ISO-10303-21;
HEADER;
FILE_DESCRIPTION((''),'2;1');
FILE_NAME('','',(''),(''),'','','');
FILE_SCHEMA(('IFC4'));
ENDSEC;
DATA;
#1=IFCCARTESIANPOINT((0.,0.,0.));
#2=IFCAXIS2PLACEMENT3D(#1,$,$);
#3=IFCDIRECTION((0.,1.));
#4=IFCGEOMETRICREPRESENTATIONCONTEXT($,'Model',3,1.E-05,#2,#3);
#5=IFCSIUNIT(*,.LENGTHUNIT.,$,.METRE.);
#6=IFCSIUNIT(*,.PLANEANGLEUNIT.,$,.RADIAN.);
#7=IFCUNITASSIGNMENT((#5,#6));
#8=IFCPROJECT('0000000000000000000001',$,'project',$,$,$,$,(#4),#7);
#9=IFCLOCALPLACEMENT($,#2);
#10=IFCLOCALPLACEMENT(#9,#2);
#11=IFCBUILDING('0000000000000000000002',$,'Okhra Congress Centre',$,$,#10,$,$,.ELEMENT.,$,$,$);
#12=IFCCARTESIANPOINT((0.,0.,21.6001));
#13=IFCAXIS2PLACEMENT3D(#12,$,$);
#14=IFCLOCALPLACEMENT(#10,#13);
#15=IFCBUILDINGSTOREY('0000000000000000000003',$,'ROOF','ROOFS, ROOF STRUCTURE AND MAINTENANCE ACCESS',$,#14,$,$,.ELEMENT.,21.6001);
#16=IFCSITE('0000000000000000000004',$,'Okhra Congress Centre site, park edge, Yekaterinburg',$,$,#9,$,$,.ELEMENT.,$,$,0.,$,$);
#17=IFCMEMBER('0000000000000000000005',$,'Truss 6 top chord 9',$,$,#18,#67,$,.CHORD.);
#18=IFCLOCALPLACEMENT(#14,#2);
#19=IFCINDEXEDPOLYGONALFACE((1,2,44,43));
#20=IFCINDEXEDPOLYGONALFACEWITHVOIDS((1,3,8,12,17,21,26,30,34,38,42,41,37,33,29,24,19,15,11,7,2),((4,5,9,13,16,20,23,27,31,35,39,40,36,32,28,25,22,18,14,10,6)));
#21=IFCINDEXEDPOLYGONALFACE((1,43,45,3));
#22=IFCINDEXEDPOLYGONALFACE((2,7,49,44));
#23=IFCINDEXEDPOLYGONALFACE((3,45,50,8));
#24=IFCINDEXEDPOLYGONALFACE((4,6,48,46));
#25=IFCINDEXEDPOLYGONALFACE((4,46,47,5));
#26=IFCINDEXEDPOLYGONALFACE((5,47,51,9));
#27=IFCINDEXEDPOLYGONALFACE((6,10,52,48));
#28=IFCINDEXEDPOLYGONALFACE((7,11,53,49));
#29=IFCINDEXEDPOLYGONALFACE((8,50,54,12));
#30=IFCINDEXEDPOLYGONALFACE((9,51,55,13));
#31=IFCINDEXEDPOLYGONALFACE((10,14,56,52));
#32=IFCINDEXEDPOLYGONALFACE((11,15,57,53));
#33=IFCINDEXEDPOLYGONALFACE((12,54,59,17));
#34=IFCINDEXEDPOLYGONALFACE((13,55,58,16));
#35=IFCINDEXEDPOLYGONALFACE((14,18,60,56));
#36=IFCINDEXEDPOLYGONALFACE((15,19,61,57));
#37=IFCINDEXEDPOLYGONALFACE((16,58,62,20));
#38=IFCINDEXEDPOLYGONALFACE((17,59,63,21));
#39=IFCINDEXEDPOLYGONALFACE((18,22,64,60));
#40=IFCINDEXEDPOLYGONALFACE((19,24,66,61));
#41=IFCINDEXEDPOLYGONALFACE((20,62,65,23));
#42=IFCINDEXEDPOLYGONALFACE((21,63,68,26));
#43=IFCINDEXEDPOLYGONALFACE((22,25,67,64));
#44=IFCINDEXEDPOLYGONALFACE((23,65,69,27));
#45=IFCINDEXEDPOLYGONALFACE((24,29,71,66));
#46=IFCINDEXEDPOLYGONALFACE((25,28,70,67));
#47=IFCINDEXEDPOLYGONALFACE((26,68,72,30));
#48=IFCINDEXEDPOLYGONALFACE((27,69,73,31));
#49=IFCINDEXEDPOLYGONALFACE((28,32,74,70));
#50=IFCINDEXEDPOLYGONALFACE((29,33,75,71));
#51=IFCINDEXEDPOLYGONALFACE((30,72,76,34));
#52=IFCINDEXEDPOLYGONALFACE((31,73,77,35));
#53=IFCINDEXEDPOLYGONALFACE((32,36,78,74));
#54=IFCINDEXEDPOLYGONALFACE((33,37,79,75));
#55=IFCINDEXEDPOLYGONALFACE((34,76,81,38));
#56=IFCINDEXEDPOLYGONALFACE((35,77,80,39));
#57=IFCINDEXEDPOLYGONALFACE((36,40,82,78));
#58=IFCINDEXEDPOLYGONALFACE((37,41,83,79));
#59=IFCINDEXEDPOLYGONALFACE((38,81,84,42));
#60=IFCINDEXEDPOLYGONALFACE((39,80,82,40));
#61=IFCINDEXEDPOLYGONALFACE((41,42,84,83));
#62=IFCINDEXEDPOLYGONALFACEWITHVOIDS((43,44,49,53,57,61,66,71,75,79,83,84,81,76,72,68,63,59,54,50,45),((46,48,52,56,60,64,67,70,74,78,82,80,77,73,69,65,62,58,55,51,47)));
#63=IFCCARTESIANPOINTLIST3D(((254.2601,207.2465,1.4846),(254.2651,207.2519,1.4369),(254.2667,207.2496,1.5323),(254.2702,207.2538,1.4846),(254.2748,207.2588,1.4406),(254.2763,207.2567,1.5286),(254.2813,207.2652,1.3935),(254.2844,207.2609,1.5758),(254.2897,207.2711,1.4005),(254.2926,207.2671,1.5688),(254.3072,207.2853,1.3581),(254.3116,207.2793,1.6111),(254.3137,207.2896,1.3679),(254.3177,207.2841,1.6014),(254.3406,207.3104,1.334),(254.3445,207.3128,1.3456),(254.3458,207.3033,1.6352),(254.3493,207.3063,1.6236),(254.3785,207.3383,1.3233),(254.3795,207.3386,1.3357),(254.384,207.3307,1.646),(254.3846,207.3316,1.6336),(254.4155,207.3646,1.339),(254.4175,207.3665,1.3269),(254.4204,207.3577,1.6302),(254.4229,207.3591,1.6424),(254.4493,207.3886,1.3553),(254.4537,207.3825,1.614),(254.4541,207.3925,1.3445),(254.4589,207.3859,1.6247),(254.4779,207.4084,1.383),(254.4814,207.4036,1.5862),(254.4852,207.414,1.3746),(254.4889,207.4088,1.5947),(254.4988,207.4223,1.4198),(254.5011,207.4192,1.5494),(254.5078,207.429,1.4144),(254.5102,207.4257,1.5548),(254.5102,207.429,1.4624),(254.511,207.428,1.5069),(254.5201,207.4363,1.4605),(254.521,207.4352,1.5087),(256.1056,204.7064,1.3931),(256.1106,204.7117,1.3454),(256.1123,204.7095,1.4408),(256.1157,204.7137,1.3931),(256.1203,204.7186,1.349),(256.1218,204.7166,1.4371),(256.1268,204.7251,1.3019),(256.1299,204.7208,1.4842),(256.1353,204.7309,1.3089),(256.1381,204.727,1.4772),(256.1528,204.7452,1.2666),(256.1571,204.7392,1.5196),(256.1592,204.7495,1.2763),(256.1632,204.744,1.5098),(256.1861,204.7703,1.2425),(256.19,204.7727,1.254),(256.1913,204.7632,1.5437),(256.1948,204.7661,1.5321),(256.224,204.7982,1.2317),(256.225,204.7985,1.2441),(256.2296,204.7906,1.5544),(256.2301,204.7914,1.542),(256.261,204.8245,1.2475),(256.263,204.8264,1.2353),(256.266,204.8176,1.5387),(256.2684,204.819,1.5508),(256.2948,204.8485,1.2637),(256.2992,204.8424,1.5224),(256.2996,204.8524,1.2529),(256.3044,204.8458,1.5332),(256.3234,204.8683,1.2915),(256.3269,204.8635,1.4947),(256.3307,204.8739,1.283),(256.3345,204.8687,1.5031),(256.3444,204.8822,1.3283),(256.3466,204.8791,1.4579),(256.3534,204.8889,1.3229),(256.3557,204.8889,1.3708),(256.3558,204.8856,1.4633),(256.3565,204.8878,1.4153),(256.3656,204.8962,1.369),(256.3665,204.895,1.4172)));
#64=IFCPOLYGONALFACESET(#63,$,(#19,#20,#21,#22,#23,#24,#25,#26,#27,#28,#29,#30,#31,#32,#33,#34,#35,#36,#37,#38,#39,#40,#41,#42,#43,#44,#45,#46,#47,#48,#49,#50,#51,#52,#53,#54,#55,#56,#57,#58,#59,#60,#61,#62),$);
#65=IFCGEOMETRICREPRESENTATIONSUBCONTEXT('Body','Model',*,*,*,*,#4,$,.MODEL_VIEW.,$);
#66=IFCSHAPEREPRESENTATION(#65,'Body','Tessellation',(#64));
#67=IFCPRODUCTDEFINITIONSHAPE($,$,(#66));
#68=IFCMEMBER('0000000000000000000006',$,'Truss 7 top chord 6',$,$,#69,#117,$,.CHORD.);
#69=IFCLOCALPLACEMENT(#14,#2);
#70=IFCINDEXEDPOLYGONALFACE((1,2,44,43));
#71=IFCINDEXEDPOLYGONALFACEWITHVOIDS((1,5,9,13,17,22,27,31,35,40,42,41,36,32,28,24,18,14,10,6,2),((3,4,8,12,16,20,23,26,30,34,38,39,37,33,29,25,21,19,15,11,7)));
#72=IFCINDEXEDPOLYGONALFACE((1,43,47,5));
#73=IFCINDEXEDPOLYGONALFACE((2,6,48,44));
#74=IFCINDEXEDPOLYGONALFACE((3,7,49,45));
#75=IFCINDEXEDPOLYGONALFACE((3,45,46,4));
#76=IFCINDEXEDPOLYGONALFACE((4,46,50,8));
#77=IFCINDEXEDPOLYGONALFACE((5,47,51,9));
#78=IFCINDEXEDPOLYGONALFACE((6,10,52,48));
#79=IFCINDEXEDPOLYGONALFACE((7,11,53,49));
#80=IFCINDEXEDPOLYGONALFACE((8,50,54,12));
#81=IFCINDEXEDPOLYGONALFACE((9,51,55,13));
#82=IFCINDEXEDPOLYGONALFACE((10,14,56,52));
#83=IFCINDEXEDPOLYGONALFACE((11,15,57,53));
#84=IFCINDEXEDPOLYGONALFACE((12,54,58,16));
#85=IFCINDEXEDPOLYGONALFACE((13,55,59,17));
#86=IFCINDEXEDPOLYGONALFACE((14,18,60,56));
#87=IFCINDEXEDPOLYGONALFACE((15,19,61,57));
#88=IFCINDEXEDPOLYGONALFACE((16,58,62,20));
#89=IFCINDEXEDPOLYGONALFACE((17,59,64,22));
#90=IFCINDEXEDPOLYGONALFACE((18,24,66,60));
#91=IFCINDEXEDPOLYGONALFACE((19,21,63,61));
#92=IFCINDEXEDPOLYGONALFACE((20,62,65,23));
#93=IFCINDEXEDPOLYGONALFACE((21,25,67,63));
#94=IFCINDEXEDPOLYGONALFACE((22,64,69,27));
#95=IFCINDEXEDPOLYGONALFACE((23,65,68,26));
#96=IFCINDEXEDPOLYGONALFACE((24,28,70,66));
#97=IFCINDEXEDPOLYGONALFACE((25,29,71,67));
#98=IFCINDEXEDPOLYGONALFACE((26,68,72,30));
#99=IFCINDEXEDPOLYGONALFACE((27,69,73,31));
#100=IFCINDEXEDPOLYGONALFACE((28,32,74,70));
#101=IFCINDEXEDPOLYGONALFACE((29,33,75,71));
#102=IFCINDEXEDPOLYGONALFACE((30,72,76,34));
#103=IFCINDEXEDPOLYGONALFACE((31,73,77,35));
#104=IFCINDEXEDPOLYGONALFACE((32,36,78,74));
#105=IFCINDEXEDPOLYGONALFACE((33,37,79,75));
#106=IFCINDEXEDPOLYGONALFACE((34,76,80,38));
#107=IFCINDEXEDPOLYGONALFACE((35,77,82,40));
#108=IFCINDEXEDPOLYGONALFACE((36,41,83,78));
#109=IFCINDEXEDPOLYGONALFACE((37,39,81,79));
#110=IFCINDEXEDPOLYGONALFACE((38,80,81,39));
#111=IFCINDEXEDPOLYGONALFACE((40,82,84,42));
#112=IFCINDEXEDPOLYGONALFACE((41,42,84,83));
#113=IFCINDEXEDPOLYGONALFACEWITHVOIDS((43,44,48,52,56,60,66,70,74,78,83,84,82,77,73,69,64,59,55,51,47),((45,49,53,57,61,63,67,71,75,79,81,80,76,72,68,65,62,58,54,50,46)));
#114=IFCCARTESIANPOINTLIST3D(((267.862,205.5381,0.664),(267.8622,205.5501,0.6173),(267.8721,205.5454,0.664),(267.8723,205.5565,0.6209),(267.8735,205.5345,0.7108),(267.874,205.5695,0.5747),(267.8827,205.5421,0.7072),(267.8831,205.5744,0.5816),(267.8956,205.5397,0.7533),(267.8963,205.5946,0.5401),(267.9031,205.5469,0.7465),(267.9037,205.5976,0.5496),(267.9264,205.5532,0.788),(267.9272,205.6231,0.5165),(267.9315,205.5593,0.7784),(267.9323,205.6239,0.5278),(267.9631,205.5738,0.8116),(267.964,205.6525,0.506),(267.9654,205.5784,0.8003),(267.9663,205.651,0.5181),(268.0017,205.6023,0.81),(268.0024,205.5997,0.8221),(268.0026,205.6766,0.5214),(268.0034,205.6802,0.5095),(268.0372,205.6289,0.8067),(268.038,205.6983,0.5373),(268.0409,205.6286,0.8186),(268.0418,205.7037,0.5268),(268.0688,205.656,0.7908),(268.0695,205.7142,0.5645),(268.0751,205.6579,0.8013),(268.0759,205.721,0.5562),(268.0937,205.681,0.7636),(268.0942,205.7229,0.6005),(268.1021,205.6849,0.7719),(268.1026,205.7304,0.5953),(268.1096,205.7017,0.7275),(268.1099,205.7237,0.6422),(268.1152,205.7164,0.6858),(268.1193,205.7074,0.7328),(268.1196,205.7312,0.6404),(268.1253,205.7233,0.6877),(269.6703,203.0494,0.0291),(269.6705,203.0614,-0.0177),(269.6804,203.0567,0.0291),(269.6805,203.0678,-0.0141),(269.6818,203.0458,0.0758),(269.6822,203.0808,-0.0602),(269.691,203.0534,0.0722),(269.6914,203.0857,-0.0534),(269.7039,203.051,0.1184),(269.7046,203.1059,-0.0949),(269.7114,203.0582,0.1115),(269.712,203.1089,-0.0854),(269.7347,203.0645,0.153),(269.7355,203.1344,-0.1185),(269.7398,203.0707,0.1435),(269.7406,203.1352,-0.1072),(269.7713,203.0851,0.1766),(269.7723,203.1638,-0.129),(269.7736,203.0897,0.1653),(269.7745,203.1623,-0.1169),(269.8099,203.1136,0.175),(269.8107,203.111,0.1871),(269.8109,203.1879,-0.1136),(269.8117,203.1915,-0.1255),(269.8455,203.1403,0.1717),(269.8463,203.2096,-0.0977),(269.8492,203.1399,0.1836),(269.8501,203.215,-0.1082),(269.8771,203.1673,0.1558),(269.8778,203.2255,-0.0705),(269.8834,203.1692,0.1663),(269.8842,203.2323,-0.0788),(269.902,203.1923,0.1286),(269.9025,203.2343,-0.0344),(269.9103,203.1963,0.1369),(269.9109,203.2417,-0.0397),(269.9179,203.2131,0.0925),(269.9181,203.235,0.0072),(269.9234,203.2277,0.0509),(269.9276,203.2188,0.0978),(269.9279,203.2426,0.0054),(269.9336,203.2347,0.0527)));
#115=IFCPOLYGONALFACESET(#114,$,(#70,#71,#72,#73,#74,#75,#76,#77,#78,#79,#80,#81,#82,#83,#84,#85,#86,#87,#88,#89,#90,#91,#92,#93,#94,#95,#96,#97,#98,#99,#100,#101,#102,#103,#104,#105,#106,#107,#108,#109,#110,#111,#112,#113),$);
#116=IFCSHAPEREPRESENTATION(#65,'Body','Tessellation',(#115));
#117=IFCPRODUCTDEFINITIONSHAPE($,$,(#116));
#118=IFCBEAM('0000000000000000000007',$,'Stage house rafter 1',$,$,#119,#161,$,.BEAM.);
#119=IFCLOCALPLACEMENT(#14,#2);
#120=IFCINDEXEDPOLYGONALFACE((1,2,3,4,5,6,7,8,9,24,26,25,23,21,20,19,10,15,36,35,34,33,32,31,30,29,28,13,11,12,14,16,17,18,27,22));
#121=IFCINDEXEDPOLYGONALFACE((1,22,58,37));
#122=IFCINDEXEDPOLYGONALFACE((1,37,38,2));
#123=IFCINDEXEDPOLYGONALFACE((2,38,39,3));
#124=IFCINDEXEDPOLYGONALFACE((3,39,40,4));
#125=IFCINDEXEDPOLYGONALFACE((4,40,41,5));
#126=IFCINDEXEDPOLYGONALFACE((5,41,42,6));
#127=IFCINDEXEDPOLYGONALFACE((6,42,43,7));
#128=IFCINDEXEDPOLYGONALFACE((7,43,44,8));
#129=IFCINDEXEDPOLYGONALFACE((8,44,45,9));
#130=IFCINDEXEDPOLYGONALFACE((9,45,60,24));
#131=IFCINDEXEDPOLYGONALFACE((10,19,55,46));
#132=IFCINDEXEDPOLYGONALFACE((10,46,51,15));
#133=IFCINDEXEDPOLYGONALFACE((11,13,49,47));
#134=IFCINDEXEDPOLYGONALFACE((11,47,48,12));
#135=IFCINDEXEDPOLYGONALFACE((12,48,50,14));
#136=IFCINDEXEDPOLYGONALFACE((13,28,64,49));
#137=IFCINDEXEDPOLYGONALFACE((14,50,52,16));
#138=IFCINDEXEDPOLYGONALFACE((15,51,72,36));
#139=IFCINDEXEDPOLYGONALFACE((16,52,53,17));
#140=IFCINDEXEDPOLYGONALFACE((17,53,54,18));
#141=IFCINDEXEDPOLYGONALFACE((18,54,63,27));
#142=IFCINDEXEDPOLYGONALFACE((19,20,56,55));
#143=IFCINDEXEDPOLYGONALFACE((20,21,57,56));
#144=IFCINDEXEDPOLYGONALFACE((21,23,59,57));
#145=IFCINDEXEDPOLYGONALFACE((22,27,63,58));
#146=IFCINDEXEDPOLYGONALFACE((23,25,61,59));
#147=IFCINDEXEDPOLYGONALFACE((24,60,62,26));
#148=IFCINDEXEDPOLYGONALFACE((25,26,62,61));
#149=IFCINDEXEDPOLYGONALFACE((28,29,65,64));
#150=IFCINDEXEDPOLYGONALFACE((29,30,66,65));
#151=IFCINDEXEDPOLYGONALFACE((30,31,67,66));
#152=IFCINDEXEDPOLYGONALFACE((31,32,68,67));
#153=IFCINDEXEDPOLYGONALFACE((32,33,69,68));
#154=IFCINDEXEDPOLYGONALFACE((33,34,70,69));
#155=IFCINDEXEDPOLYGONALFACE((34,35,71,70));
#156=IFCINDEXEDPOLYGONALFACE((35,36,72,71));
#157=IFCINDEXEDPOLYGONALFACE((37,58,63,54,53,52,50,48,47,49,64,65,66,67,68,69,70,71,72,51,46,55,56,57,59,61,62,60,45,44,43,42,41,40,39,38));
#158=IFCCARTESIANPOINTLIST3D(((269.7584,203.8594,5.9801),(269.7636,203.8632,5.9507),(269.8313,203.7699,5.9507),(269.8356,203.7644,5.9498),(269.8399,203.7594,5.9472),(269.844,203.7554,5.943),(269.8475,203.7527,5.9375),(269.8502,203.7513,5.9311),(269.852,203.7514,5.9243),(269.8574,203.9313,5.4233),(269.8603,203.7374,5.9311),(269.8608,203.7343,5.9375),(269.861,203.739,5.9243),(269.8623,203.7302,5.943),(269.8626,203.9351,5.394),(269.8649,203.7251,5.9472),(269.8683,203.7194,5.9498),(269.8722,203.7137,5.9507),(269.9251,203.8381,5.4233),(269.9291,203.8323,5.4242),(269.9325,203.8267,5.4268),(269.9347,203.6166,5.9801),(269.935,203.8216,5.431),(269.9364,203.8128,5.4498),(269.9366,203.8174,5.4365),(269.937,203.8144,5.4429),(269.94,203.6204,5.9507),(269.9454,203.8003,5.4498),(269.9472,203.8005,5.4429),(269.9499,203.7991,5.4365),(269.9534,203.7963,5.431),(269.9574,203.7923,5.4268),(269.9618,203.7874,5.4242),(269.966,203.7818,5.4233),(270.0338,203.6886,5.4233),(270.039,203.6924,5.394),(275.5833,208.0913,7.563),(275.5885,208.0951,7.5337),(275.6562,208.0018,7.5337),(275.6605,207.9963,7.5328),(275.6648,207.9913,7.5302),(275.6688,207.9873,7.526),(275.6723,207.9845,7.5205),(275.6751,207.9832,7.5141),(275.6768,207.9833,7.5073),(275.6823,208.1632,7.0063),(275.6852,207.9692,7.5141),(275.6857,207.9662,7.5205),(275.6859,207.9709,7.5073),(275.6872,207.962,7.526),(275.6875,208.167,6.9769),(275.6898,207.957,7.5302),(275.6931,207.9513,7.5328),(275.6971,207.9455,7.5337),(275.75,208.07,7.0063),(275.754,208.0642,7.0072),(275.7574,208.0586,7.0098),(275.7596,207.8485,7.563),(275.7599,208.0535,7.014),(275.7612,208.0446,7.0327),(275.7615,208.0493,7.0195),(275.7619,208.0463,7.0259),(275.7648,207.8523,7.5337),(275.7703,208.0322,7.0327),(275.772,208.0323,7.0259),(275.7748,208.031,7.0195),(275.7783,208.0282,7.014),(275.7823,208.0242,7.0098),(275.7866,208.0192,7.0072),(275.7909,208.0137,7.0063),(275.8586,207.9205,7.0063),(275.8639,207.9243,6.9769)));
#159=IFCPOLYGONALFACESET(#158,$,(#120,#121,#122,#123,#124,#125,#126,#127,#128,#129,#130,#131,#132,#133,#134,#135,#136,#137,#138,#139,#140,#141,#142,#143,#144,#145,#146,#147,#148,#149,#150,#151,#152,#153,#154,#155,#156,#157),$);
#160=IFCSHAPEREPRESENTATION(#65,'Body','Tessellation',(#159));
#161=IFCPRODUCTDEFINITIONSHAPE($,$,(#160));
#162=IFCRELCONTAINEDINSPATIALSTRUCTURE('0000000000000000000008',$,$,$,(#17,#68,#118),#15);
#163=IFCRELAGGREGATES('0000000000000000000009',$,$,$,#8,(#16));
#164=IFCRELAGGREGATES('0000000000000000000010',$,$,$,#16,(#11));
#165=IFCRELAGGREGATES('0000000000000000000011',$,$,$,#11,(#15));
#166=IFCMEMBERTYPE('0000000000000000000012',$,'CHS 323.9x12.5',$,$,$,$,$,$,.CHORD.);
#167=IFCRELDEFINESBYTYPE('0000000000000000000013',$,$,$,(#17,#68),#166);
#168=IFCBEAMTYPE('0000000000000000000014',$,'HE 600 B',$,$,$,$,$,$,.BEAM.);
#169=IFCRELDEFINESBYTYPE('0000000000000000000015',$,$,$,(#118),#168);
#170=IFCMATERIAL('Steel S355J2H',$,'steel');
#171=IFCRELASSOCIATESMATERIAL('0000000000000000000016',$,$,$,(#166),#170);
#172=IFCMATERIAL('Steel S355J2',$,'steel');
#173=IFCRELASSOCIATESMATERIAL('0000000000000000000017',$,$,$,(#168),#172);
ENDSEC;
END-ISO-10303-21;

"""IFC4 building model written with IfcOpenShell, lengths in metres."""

from ifc_helpers import new_model, si_unit, direction, frame, origin, origin_2d, place, context, subcontext, project, spatial, hollow_circle, i_section, extrude, material, material_profile, profile_set, type_object, element, save


model = new_model("IFC4")

# Units and contexts
model_context = context("Model", 3, precision=1e-05, world=origin(), true_north=direction((0.0, 1.0)))
body_context = subcontext(model_context, "Body", "Model", "MODEL_VIEW")
ifc_project = project(units=[si_unit("LENGTHUNIT", "METRE"), si_unit("PLANEANGLEUNIT", "RADIAN")], contexts=[model_context])

# Site, building, storey
site_placement = place(None, origin())
site = spatial("IfcSite", under=ifc_project, at=site_placement, Name="Okhra Congress Centre site, park edge, Yekaterinburg", CompositionType="ELEMENT", RefElevation=0.0)
building_placement = place(site_placement, origin())
building = spatial("IfcBuilding", under=site, at=building_placement, Name="Okhra Congress Centre", CompositionType="ELEMENT")
storey_placement = place(building_placement, frame((0.0, 0.0, 21.6001)))
storey = spatial("IfcBuildingStorey", under=building, at=storey_placement, Name="ROOF", Description="ROOFS, ROOF STRUCTURE AND MAINTENANCE ACCESS", CompositionType="ELEMENT", Elevation=21.6001)

# Members
ifc_material_1 = material(Name="Steel S355J2H", Category="steel")
ifc_material_profile_1 = material_profile(ifc_material_1, hollow_circle(Radius=0.1619, WallThickness=0.0125, at=origin_2d()), Name="CHS 323.9x12.5")
ifc_profile_set_1 = profile_set([ifc_material_profile_1], Name="Steel S355J2H")
member_type_1 = type_object("IfcMemberType", Name="CHS 323.9x12.5", PredefinedType="CHORD", material=ifc_profile_set_1)
for number, where, z_axis, x_axis, name in (
    (1, (256.2366, 204.8015, 1.3931), (-0.587538, 0.808671, 0.029148), (-0.809015, -0.587788, 0.0), "Truss 6 top chord 9"),
    (2, (269.8013, 203.1445, 0.0291), (-0.575682, 0.792291, 0.202153), (-0.808993, -0.587818, 0.0), "Truss 7 top chord 6"),
):
    element("IfcMember", number, at=place(storey_placement, frame(where, z_axis=z_axis, x_axis=x_axis)), inside=storey, type_object=member_type_1, Name=name, PredefinedType="CHORD", context=body_context, shape_type="SweptSolid", body=[
        extrude(hollow_circle(Radius=0.1619, WallThickness=0.0125, at=origin_2d()), origin(), (0.0, 0.0, 1.0), 3.1411),
    ])

# Beam
ifc_material_2 = material(Name="Steel S355J2", Category="steel")
ifc_material_profile_2 = material_profile(ifc_material_2, i_section(OverallWidth=0.3, OverallDepth=0.6001, WebThickness=0.0154, FlangeThickness=0.03, FilletRadius=0.0271, at=origin_2d()), Name="HE 600 B")
ifc_profile_set_2 = profile_set([ifc_material_profile_2], Name="Steel S355J2")
beam_type_1 = type_object("IfcBeamType", Name="HE 600 B", PredefinedType="BEAM", material=ifc_profile_set_2)
beam_1_placement = place(storey_placement, frame((269.8987, 203.7759, 5.687), z_axis=(0.790154, 0.574061, 0.214735), x_axis=(-0.587772, 0.809026, 0.0)))
element("IfcBeam", 3, at=beam_1_placement, inside=storey, type_object=beam_type_1, Name="Stage house rafter 1", PredefinedType="BEAM", context=body_context, shape_type="SweptSolid", body=[
    extrude(i_section(OverallWidth=0.3, OverallDepth=0.6001, WebThickness=0.0154, FlangeThickness=0.03, FilletRadius=0.0271, at=origin_2d()), origin(), (0.0, 0.0, 1.0), 7.3718),
])

save(model, "model.ifc")
